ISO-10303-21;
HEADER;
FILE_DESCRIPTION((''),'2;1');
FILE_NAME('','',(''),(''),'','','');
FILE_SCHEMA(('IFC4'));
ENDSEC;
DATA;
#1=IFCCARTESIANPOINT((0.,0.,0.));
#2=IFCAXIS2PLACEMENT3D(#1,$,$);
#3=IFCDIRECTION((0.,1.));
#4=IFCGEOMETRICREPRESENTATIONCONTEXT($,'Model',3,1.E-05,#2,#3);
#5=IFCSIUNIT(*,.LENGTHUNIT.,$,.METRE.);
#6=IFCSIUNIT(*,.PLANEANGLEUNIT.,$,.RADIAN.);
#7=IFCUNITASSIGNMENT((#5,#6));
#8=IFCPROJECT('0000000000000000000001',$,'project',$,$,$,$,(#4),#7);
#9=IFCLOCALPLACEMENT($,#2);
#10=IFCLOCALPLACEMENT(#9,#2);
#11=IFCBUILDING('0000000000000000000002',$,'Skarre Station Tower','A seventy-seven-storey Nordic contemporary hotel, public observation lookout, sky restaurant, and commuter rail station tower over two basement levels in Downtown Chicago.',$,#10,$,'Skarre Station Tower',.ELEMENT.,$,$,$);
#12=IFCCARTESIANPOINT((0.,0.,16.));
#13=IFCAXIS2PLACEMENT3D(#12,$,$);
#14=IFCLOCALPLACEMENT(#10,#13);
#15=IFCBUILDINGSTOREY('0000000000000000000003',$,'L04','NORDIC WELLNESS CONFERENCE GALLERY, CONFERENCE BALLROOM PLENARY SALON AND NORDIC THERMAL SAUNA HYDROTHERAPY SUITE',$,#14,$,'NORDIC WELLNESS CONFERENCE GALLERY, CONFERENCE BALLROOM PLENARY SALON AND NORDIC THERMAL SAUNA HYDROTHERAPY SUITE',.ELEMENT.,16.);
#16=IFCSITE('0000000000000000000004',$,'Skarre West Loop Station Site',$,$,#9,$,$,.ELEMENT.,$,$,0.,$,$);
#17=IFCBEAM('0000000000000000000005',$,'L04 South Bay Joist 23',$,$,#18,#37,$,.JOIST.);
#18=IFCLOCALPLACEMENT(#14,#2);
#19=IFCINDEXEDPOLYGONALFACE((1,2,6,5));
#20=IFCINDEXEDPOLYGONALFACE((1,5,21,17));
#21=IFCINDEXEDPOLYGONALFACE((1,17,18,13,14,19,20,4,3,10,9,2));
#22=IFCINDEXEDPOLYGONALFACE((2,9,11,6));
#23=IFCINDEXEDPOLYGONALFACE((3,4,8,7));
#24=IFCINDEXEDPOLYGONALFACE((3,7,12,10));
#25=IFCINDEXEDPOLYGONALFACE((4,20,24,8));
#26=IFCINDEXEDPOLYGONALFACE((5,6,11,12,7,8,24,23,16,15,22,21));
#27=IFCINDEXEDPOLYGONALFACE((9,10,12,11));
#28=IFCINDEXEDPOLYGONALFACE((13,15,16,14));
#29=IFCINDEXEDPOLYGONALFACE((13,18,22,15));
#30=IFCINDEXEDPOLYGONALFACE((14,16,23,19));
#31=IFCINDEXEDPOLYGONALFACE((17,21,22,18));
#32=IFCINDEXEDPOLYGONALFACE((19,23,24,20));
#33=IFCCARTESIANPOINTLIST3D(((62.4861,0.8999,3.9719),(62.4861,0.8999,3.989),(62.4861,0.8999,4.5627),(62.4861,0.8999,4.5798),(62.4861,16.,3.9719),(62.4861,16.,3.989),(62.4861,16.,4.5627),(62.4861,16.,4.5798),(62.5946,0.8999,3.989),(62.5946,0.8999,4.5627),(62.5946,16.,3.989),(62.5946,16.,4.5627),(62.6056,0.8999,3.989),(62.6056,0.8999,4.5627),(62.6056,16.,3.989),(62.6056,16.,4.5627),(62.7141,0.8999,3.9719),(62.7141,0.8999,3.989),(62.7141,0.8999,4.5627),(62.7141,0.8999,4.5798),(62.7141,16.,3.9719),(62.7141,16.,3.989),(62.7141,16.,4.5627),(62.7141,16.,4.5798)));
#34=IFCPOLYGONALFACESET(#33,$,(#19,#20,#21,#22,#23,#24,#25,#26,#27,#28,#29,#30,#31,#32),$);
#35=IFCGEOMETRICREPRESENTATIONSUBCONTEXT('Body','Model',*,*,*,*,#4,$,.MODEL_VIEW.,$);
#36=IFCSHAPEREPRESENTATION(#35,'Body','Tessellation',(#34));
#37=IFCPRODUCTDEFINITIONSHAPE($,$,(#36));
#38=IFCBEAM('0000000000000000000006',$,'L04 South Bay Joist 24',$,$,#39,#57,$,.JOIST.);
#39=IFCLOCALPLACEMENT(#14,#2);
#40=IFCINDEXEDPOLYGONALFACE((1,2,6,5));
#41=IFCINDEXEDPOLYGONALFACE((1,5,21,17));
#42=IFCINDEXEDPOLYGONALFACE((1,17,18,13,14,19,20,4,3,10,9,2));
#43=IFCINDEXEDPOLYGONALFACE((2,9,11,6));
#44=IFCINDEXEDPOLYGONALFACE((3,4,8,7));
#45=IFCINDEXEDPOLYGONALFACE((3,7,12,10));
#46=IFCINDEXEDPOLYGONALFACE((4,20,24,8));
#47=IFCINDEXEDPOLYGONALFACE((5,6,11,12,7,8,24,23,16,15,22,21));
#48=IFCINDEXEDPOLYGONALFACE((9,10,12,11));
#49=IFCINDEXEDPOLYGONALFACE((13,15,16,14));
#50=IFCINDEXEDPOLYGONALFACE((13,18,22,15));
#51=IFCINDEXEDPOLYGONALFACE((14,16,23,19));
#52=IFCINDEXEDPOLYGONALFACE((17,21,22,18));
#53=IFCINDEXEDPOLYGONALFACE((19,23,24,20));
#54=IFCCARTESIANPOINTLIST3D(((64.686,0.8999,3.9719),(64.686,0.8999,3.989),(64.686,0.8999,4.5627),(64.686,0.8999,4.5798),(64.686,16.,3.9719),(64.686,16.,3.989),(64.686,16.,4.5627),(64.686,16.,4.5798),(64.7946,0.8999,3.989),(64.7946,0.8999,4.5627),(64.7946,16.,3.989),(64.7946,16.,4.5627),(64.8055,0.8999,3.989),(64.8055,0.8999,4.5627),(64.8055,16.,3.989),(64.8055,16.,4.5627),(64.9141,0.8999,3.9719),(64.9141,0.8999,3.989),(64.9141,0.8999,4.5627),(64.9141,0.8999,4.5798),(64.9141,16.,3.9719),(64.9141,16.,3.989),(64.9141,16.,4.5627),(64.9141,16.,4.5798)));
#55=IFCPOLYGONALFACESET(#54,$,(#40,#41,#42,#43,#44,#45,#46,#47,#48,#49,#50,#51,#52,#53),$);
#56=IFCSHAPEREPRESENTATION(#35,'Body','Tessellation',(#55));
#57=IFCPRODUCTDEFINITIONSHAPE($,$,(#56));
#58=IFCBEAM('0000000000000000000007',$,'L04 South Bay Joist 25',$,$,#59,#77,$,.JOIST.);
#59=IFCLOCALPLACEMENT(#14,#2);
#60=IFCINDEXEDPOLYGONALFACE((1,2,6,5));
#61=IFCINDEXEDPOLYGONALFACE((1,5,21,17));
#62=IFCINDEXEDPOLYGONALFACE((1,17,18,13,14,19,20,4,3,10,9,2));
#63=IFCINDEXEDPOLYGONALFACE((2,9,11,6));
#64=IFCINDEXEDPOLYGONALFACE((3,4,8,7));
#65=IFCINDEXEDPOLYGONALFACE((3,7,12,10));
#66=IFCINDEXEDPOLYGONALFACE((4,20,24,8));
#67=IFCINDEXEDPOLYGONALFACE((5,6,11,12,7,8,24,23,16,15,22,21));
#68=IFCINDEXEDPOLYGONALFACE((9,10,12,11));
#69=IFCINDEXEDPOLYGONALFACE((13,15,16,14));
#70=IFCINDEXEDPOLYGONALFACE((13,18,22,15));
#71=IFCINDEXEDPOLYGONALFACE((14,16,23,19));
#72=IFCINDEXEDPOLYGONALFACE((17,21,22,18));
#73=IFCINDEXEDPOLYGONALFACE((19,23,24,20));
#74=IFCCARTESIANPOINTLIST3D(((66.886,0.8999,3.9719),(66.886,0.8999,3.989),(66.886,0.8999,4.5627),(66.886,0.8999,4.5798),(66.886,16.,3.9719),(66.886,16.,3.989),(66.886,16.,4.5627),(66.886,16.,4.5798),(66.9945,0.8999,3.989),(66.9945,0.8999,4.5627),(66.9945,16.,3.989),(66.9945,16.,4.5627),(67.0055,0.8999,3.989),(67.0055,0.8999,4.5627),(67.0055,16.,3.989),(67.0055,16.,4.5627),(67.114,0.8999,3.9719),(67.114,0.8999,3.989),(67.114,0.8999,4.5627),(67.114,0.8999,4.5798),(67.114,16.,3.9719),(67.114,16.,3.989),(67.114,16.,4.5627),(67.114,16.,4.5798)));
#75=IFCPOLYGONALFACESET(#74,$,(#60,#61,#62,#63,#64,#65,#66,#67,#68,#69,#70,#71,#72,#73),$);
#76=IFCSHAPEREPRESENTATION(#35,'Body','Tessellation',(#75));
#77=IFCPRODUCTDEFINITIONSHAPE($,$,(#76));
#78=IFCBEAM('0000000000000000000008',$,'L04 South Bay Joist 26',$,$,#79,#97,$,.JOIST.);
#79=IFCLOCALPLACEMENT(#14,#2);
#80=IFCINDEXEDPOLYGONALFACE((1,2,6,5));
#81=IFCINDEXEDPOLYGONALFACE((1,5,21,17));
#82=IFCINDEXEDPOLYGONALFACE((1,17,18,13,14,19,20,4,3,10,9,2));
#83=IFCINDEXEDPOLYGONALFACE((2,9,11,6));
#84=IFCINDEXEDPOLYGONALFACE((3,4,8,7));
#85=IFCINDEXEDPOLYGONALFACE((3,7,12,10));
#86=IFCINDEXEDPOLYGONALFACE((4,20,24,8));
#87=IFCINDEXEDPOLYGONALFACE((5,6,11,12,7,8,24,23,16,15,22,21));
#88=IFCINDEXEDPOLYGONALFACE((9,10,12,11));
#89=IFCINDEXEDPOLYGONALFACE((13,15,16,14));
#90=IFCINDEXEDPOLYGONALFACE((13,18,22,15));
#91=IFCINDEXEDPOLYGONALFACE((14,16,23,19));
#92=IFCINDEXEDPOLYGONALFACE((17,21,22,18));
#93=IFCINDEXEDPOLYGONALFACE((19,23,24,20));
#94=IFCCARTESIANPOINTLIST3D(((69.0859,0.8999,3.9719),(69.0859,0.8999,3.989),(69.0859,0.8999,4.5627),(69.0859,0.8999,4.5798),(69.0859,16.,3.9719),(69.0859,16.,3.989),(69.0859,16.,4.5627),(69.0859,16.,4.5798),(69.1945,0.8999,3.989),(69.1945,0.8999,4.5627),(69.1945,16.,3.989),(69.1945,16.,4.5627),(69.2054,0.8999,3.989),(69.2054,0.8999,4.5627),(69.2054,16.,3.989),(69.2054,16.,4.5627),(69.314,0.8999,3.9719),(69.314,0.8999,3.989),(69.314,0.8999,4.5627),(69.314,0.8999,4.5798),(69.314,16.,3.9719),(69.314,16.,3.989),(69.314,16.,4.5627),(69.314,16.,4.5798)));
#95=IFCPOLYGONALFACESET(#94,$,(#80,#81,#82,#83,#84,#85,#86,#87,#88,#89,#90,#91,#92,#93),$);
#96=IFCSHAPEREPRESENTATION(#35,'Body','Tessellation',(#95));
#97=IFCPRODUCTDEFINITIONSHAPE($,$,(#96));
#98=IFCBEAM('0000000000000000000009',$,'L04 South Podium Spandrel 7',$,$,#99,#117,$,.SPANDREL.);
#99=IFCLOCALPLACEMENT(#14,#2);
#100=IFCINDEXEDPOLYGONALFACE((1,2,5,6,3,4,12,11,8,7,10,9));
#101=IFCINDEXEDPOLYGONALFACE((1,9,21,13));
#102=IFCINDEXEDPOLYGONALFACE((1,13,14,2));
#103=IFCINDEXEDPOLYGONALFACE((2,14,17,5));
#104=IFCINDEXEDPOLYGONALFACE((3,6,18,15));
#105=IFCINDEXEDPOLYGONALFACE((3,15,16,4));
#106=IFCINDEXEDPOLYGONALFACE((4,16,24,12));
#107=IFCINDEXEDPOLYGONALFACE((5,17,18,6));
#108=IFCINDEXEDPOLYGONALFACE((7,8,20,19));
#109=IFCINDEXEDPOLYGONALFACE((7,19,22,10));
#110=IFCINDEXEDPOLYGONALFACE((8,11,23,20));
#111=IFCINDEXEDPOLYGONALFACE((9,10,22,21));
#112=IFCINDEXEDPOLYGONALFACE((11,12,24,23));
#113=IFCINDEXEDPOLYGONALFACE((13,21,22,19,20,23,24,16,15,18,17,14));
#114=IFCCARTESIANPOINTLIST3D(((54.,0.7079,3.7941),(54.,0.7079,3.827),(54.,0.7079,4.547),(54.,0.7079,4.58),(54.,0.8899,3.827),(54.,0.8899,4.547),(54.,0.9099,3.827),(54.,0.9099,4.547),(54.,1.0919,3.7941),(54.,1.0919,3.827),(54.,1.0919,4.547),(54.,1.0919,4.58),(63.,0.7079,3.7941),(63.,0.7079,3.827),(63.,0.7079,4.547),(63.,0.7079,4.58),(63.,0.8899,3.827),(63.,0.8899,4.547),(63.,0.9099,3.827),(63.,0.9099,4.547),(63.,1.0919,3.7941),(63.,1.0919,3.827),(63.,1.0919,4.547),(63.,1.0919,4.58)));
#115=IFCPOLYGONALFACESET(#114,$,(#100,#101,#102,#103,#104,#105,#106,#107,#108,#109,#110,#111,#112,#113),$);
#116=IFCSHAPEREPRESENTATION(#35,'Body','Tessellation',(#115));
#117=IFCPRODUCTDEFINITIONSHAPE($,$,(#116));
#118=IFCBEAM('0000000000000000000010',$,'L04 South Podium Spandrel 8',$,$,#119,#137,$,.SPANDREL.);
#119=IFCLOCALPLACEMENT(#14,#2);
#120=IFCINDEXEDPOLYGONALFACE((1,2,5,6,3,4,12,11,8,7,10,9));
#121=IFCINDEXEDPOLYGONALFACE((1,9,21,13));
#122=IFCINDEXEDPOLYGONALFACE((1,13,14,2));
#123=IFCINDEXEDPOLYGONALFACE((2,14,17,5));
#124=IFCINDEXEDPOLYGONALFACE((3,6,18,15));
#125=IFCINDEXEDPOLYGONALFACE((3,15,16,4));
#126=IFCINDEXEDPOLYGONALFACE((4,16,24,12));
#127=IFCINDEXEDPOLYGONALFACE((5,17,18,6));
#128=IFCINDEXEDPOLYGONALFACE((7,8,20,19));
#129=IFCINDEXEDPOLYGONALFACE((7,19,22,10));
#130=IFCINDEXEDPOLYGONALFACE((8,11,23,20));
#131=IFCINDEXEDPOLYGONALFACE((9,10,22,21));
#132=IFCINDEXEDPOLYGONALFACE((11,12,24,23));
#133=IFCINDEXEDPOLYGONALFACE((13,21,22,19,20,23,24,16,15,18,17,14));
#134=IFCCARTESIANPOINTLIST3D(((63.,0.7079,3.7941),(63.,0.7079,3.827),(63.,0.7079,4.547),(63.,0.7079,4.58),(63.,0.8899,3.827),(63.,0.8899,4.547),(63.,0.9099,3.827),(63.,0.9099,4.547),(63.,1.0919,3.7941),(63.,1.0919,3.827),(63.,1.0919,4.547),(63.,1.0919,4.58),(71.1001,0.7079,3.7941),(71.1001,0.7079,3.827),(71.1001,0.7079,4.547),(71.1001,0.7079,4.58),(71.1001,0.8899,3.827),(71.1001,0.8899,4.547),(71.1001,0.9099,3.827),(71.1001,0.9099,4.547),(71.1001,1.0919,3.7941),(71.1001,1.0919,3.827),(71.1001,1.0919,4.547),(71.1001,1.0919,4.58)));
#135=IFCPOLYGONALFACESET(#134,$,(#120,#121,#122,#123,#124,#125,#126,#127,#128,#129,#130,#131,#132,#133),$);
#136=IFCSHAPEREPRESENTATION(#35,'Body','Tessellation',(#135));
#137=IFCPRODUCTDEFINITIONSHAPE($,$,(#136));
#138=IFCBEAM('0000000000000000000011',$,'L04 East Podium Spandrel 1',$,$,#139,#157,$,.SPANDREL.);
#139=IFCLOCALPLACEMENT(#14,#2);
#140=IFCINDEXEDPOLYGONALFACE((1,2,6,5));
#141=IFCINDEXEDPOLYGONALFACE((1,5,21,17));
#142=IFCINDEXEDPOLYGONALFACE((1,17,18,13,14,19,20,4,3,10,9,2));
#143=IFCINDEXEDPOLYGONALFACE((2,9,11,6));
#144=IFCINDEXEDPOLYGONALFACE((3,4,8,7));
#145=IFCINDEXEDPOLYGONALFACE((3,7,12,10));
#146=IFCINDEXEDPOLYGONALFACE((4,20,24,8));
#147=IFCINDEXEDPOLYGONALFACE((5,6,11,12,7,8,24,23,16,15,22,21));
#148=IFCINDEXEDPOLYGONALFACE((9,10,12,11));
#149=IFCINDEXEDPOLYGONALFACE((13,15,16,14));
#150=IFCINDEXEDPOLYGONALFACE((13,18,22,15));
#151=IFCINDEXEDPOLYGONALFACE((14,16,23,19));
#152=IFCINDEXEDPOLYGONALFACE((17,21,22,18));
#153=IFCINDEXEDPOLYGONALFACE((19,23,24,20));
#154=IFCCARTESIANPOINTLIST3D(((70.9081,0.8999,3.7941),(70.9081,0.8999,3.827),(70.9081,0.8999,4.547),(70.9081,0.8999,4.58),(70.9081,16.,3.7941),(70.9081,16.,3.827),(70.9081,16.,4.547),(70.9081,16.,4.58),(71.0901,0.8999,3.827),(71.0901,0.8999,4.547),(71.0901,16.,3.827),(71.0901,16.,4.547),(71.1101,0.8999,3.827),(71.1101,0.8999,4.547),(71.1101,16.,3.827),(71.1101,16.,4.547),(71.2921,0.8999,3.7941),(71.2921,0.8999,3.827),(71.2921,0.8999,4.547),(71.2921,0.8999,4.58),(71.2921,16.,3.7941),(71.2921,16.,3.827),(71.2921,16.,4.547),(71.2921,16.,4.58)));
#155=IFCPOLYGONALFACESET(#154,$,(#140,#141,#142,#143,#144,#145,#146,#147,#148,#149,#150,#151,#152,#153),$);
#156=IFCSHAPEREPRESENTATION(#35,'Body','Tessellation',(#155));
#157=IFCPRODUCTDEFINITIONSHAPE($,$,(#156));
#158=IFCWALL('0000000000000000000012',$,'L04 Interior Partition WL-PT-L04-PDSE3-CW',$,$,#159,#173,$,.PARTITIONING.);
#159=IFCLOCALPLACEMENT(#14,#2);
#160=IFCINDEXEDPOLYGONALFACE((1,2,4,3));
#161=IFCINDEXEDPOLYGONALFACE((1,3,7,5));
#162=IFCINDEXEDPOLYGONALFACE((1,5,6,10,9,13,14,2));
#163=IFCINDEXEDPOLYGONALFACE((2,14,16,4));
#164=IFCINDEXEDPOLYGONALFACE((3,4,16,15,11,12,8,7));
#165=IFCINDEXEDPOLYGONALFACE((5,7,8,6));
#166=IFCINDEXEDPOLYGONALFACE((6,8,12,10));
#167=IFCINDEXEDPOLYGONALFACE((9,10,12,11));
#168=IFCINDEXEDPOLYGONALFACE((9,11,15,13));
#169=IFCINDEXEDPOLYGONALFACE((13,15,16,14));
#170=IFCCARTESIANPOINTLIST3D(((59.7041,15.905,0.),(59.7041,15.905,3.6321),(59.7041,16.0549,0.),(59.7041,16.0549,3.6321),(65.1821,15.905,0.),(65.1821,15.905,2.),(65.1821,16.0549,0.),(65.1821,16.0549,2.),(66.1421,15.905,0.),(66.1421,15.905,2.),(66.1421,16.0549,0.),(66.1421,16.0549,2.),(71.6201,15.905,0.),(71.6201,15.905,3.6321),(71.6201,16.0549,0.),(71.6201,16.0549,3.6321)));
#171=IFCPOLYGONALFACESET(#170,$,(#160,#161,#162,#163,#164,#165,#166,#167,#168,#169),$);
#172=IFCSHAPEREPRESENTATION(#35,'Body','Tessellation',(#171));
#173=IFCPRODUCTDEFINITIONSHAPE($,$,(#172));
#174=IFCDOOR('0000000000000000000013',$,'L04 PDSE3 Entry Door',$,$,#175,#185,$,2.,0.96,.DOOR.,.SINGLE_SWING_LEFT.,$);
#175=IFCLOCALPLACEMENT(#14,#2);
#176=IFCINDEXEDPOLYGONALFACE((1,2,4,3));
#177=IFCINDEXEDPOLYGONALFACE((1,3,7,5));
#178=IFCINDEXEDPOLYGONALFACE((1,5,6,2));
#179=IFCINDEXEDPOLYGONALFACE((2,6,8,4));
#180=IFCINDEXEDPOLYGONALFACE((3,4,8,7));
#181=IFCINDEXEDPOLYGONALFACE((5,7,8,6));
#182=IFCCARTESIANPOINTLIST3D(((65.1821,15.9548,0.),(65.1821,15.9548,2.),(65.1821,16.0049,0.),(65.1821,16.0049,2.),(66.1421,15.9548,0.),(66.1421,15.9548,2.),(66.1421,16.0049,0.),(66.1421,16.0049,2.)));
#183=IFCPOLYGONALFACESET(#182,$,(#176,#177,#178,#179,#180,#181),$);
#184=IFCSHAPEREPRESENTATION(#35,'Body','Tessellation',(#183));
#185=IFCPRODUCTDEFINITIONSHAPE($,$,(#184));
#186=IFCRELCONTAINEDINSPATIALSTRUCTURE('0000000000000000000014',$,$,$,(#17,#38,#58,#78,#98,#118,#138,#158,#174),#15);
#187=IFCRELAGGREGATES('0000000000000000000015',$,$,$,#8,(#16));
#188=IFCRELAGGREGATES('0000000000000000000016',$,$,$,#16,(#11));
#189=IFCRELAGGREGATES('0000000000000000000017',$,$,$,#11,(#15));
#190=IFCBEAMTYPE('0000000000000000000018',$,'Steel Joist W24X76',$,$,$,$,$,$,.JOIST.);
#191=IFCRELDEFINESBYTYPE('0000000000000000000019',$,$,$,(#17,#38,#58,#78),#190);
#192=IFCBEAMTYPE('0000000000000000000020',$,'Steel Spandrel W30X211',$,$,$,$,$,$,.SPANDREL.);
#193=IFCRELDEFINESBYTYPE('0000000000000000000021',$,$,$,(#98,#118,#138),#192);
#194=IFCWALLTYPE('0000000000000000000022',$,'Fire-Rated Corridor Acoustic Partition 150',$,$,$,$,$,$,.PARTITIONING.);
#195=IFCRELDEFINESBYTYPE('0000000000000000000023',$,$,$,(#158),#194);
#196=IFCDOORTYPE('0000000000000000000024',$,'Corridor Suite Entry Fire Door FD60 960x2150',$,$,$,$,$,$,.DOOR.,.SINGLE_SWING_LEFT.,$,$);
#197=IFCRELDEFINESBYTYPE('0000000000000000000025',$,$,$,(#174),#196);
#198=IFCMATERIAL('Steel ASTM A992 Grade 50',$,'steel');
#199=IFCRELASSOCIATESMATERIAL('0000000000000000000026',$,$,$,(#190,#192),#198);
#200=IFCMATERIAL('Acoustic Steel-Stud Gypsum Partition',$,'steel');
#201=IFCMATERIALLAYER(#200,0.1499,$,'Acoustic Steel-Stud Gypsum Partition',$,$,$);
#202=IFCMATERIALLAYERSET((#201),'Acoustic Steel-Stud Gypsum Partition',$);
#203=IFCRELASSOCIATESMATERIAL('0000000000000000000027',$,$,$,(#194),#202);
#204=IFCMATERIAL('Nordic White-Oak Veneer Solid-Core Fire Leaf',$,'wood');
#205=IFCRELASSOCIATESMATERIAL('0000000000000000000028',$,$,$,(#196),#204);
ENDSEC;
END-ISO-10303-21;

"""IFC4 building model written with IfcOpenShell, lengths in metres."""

from ifc_helpers import new_model, si_unit, direction, frame, frame_2d, origin, origin_2d, place, context, subcontext, project, spatial, rectangle, i_section, extrude, material, layer, layer_set, material_profile, profile_set, type_object, element, fill, save


model = new_model("IFC4")

# Units and contexts
model_context = context("Model", 3, precision=1e-05, world=origin(), true_north=direction((0.0, 1.0)))
body_context = subcontext(model_context, "Body", "Model", "MODEL_VIEW")
ifc_project = project(units=[si_unit("LENGTHUNIT", "METRE"), si_unit("PLANEANGLEUNIT", "RADIAN")], contexts=[model_context])

# Site, building, storey
site_placement = place(None, origin())
site = spatial("IfcSite", under=ifc_project, at=site_placement, Name="Skarre West Loop Station Site", CompositionType="ELEMENT", RefElevation=0.0)
building_placement = place(site_placement, origin())
building = spatial("IfcBuilding", under=site, at=building_placement, Name="Skarre Station Tower", Description="A seventy-seven-storey Nordic contemporary hotel, public observation lookout, sky restaurant, and commuter rail station tower over two basement levels in Downtown Chicago.", LongName="Skarre Station Tower", CompositionType="ELEMENT")
storey_placement = place(building_placement, frame((0.0, 0.0, 16.0)))
storey = spatial("IfcBuildingStorey", under=building, at=storey_placement, Name="L04", Description="NORDIC WELLNESS CONFERENCE GALLERY, CONFERENCE BALLROOM PLENARY SALON AND NORDIC THERMAL SAUNA HYDROTHERAPY SUITE", LongName="NORDIC WELLNESS CONFERENCE GALLERY, CONFERENCE BALLROOM PLENARY SALON AND NORDIC THERMAL SAUNA HYDROTHERAPY SUITE", CompositionType="ELEMENT", Elevation=16.0)

# Beams
ifc_material_1 = material(Name="Steel ASTM A992 Grade 50", Category="steel")
ifc_material_profile_1 = material_profile(ifc_material_1, i_section(OverallWidth=0.228, OverallDepth=0.6079, WebThickness=0.011, FlangeThickness=0.0171, at=origin_2d()), Name="Steel ASTM A992 Grade 50")
ifc_profile_set_1 = profile_set([ifc_material_profile_1], Name="Steel ASTM A992 Grade 50")
beam_type_1 = type_object("IfcBeamType", Name="Steel Joist W24X76", PredefinedType="JOIST", material=ifc_profile_set_1)
for number, where, z_axis, x_axis, name in (
    (1, (62.6001, 0.8999, 4.2759), (0.0, 1.0, 0.0), (-1.0, 0.0, 0.0), "L04 South Bay Joist 23"),
    (2, (64.8, 0.8999, 4.2759), (0.0, 1.0, 0.0), (-1.0, 0.0, 0.0), "L04 South Bay Joist 24"),
    (3, (67.0, 0.8999, 4.2759), (0.0, 1.0, 0.0), (-1.0, 0.0, 0.0), "L04 South Bay Joist 25"),
    (4, (69.2, 0.8999, 4.2759), (0.0, 1.0, 0.0), (-1.0, 0.0, 0.0), "L04 South Bay Joist 26"),
):
    element("IfcBeam", number, at=place(storey_placement, frame(where, z_axis=z_axis, x_axis=x_axis)), inside=storey, type_object=beam_type_1, Name=name, PredefinedType="JOIST", context=body_context, shape_type="SweptSolid", body=[
        extrude(i_section(OverallWidth=0.228, OverallDepth=0.6079, WebThickness=0.011, FlangeThickness=0.0171, at=origin_2d()), origin(), (0.0, 0.0, 1.0), 15.1001),
    ])
ifc_material_profile_2 = material_profile(ifc_material_1, i_section(OverallWidth=0.384, OverallDepth=0.7859, WebThickness=0.02, FlangeThickness=0.033, at=origin_2d()), Name="Steel ASTM A992 Grade 50")
ifc_profile_set_2 = profile_set([ifc_material_profile_2], Name="Steel ASTM A992 Grade 50")
beam_type_2 = type_object("IfcBeamType", Name="Steel Spandrel W30X211", PredefinedType="SPANDREL", material=ifc_profile_set_2)
beam_1_placement = place(storey_placement, frame((54.0, 0.8999, 4.187), z_axis=(1.0, 0.0, 0.0), x_axis=(0.0, 1.0, 0.0)))
element("IfcBeam", 5, at=beam_1_placement, inside=storey, type_object=beam_type_2, Name="L04 South Podium Spandrel 7", PredefinedType="SPANDREL", context=body_context, shape_type="SweptSolid", body=[
    extrude(i_section(OverallWidth=0.384, OverallDepth=0.7859, WebThickness=0.02, FlangeThickness=0.033, at=origin_2d()), origin(), (0.0, 0.0, 1.0), 9.0),
])
beam_2_placement = place(storey_placement, frame((63.0, 0.8999, 4.187), z_axis=(1.0, 0.0, 0.0), x_axis=(0.0, 1.0, 0.0)))
element("IfcBeam", 6, at=beam_2_placement, inside=storey, type_object=beam_type_2, Name="L04 South Podium Spandrel 8", PredefinedType="SPANDREL", context=body_context, shape_type="SweptSolid", body=[
    extrude(i_section(OverallWidth=0.384, OverallDepth=0.7859, WebThickness=0.02, FlangeThickness=0.033, at=origin_2d()), origin(), (0.0, 0.0, 1.0), 8.1001),
])
beam_3_placement = place(storey_placement, frame((71.1001, 0.8999, 4.187), z_axis=(0.0, 1.0, 0.0), x_axis=(-1.0, 0.0, 0.0)))
element("IfcBeam", 7, at=beam_3_placement, inside=storey, type_object=beam_type_2, Name="L04 East Podium Spandrel 1", PredefinedType="SPANDREL", context=body_context, shape_type="SweptSolid", body=[
    extrude(i_section(OverallWidth=0.384, OverallDepth=0.7859, WebThickness=0.02, FlangeThickness=0.033, at=origin_2d()), origin(), (0.0, 0.0, 1.0), 15.1001),
])

# Wall, opening, door
ifc_material_2 = material(Name="Acoustic Steel-Stud Gypsum Partition", Category="steel")
ifc_layer_1 = layer(ifc_material_2, 0.1499, Name="Acoustic Steel-Stud Gypsum Partition")
ifc_layer_set_1 = layer_set([ifc_layer_1], Name="Acoustic Steel-Stud Gypsum Partition")
wall_type_1 = type_object("IfcWallType", Name="Fire-Rated Corridor Acoustic Partition 150", PredefinedType="PARTITIONING", material=ifc_layer_set_1)
wall_1_placement = place(storey_placement, frame((59.7041, 15.98, 0.0), z_axis=(0.0, 0.0, 1.0), x_axis=(1.0, 0.0, 0.0)))
wall_1 = element("IfcWall", 8, at=wall_1_placement, inside=storey, type_object=wall_type_1, Name="L04 Interior Partition WL-PT-L04-PDSE3-CW", PredefinedType="PARTITIONING", context=body_context, shape_type="SweptSolid", body=[
    extrude(rectangle(XDim=11.916, YDim=0.1499, at=frame_2d((5.958, 0.0))), origin(), (0.0, 0.0, 1.0), 3.6321),
])
opening_1_placement = place(wall_1_placement, frame((5.478, 0.0, 0.0)))
opening_1 = element("IfcOpeningElement", 9, at=opening_1_placement, cuts=wall_1, PredefinedType="OPENING", context=body_context, shape_type="SweptSolid", body=[
    extrude(rectangle(XDim=0.96, YDim=2.0, at=frame_2d((0.48, 1.0))), frame((0.0, 0.085, 0.0), z_axis=(0.0, -1.0, 0.0), x_axis=(1.0, 0.0, 0.0)), (0.0, 0.0, 1.0), 0.1699),
])
ifc_material_3 = material(Name="Nordic White-Oak Veneer Solid-Core Fire Leaf", Category="wood")
door_type = type_object("IfcDoorType", Name="Corridor Suite Entry Fire Door FD60 960x2150", OperationType="SINGLE_SWING_LEFT", PredefinedType="DOOR", material=ifc_material_3)
door_placement = place(opening_1_placement, origin())
door = element("IfcDoor", 10, at=door_placement, inside=storey, type_object=door_type, Name="L04 PDSE3 Entry Door", OperationType="SINGLE_SWING_LEFT", OverallHeight=2.0, OverallWidth=0.96, PredefinedType="DOOR", context=body_context, shape_type="SweptSolid", body=[
    extrude(rectangle(XDim=0.96, YDim=2.0, at=frame_2d((0.48, 1.0))), frame((0.0, 0.0249, 0.0), z_axis=(0.0, -1.0, 0.0), x_axis=(1.0, 0.0, 0.0)), (0.0, 0.0, 1.0), 0.05),
])
fill(opening_1, door)

save(model, "model.ifc")
